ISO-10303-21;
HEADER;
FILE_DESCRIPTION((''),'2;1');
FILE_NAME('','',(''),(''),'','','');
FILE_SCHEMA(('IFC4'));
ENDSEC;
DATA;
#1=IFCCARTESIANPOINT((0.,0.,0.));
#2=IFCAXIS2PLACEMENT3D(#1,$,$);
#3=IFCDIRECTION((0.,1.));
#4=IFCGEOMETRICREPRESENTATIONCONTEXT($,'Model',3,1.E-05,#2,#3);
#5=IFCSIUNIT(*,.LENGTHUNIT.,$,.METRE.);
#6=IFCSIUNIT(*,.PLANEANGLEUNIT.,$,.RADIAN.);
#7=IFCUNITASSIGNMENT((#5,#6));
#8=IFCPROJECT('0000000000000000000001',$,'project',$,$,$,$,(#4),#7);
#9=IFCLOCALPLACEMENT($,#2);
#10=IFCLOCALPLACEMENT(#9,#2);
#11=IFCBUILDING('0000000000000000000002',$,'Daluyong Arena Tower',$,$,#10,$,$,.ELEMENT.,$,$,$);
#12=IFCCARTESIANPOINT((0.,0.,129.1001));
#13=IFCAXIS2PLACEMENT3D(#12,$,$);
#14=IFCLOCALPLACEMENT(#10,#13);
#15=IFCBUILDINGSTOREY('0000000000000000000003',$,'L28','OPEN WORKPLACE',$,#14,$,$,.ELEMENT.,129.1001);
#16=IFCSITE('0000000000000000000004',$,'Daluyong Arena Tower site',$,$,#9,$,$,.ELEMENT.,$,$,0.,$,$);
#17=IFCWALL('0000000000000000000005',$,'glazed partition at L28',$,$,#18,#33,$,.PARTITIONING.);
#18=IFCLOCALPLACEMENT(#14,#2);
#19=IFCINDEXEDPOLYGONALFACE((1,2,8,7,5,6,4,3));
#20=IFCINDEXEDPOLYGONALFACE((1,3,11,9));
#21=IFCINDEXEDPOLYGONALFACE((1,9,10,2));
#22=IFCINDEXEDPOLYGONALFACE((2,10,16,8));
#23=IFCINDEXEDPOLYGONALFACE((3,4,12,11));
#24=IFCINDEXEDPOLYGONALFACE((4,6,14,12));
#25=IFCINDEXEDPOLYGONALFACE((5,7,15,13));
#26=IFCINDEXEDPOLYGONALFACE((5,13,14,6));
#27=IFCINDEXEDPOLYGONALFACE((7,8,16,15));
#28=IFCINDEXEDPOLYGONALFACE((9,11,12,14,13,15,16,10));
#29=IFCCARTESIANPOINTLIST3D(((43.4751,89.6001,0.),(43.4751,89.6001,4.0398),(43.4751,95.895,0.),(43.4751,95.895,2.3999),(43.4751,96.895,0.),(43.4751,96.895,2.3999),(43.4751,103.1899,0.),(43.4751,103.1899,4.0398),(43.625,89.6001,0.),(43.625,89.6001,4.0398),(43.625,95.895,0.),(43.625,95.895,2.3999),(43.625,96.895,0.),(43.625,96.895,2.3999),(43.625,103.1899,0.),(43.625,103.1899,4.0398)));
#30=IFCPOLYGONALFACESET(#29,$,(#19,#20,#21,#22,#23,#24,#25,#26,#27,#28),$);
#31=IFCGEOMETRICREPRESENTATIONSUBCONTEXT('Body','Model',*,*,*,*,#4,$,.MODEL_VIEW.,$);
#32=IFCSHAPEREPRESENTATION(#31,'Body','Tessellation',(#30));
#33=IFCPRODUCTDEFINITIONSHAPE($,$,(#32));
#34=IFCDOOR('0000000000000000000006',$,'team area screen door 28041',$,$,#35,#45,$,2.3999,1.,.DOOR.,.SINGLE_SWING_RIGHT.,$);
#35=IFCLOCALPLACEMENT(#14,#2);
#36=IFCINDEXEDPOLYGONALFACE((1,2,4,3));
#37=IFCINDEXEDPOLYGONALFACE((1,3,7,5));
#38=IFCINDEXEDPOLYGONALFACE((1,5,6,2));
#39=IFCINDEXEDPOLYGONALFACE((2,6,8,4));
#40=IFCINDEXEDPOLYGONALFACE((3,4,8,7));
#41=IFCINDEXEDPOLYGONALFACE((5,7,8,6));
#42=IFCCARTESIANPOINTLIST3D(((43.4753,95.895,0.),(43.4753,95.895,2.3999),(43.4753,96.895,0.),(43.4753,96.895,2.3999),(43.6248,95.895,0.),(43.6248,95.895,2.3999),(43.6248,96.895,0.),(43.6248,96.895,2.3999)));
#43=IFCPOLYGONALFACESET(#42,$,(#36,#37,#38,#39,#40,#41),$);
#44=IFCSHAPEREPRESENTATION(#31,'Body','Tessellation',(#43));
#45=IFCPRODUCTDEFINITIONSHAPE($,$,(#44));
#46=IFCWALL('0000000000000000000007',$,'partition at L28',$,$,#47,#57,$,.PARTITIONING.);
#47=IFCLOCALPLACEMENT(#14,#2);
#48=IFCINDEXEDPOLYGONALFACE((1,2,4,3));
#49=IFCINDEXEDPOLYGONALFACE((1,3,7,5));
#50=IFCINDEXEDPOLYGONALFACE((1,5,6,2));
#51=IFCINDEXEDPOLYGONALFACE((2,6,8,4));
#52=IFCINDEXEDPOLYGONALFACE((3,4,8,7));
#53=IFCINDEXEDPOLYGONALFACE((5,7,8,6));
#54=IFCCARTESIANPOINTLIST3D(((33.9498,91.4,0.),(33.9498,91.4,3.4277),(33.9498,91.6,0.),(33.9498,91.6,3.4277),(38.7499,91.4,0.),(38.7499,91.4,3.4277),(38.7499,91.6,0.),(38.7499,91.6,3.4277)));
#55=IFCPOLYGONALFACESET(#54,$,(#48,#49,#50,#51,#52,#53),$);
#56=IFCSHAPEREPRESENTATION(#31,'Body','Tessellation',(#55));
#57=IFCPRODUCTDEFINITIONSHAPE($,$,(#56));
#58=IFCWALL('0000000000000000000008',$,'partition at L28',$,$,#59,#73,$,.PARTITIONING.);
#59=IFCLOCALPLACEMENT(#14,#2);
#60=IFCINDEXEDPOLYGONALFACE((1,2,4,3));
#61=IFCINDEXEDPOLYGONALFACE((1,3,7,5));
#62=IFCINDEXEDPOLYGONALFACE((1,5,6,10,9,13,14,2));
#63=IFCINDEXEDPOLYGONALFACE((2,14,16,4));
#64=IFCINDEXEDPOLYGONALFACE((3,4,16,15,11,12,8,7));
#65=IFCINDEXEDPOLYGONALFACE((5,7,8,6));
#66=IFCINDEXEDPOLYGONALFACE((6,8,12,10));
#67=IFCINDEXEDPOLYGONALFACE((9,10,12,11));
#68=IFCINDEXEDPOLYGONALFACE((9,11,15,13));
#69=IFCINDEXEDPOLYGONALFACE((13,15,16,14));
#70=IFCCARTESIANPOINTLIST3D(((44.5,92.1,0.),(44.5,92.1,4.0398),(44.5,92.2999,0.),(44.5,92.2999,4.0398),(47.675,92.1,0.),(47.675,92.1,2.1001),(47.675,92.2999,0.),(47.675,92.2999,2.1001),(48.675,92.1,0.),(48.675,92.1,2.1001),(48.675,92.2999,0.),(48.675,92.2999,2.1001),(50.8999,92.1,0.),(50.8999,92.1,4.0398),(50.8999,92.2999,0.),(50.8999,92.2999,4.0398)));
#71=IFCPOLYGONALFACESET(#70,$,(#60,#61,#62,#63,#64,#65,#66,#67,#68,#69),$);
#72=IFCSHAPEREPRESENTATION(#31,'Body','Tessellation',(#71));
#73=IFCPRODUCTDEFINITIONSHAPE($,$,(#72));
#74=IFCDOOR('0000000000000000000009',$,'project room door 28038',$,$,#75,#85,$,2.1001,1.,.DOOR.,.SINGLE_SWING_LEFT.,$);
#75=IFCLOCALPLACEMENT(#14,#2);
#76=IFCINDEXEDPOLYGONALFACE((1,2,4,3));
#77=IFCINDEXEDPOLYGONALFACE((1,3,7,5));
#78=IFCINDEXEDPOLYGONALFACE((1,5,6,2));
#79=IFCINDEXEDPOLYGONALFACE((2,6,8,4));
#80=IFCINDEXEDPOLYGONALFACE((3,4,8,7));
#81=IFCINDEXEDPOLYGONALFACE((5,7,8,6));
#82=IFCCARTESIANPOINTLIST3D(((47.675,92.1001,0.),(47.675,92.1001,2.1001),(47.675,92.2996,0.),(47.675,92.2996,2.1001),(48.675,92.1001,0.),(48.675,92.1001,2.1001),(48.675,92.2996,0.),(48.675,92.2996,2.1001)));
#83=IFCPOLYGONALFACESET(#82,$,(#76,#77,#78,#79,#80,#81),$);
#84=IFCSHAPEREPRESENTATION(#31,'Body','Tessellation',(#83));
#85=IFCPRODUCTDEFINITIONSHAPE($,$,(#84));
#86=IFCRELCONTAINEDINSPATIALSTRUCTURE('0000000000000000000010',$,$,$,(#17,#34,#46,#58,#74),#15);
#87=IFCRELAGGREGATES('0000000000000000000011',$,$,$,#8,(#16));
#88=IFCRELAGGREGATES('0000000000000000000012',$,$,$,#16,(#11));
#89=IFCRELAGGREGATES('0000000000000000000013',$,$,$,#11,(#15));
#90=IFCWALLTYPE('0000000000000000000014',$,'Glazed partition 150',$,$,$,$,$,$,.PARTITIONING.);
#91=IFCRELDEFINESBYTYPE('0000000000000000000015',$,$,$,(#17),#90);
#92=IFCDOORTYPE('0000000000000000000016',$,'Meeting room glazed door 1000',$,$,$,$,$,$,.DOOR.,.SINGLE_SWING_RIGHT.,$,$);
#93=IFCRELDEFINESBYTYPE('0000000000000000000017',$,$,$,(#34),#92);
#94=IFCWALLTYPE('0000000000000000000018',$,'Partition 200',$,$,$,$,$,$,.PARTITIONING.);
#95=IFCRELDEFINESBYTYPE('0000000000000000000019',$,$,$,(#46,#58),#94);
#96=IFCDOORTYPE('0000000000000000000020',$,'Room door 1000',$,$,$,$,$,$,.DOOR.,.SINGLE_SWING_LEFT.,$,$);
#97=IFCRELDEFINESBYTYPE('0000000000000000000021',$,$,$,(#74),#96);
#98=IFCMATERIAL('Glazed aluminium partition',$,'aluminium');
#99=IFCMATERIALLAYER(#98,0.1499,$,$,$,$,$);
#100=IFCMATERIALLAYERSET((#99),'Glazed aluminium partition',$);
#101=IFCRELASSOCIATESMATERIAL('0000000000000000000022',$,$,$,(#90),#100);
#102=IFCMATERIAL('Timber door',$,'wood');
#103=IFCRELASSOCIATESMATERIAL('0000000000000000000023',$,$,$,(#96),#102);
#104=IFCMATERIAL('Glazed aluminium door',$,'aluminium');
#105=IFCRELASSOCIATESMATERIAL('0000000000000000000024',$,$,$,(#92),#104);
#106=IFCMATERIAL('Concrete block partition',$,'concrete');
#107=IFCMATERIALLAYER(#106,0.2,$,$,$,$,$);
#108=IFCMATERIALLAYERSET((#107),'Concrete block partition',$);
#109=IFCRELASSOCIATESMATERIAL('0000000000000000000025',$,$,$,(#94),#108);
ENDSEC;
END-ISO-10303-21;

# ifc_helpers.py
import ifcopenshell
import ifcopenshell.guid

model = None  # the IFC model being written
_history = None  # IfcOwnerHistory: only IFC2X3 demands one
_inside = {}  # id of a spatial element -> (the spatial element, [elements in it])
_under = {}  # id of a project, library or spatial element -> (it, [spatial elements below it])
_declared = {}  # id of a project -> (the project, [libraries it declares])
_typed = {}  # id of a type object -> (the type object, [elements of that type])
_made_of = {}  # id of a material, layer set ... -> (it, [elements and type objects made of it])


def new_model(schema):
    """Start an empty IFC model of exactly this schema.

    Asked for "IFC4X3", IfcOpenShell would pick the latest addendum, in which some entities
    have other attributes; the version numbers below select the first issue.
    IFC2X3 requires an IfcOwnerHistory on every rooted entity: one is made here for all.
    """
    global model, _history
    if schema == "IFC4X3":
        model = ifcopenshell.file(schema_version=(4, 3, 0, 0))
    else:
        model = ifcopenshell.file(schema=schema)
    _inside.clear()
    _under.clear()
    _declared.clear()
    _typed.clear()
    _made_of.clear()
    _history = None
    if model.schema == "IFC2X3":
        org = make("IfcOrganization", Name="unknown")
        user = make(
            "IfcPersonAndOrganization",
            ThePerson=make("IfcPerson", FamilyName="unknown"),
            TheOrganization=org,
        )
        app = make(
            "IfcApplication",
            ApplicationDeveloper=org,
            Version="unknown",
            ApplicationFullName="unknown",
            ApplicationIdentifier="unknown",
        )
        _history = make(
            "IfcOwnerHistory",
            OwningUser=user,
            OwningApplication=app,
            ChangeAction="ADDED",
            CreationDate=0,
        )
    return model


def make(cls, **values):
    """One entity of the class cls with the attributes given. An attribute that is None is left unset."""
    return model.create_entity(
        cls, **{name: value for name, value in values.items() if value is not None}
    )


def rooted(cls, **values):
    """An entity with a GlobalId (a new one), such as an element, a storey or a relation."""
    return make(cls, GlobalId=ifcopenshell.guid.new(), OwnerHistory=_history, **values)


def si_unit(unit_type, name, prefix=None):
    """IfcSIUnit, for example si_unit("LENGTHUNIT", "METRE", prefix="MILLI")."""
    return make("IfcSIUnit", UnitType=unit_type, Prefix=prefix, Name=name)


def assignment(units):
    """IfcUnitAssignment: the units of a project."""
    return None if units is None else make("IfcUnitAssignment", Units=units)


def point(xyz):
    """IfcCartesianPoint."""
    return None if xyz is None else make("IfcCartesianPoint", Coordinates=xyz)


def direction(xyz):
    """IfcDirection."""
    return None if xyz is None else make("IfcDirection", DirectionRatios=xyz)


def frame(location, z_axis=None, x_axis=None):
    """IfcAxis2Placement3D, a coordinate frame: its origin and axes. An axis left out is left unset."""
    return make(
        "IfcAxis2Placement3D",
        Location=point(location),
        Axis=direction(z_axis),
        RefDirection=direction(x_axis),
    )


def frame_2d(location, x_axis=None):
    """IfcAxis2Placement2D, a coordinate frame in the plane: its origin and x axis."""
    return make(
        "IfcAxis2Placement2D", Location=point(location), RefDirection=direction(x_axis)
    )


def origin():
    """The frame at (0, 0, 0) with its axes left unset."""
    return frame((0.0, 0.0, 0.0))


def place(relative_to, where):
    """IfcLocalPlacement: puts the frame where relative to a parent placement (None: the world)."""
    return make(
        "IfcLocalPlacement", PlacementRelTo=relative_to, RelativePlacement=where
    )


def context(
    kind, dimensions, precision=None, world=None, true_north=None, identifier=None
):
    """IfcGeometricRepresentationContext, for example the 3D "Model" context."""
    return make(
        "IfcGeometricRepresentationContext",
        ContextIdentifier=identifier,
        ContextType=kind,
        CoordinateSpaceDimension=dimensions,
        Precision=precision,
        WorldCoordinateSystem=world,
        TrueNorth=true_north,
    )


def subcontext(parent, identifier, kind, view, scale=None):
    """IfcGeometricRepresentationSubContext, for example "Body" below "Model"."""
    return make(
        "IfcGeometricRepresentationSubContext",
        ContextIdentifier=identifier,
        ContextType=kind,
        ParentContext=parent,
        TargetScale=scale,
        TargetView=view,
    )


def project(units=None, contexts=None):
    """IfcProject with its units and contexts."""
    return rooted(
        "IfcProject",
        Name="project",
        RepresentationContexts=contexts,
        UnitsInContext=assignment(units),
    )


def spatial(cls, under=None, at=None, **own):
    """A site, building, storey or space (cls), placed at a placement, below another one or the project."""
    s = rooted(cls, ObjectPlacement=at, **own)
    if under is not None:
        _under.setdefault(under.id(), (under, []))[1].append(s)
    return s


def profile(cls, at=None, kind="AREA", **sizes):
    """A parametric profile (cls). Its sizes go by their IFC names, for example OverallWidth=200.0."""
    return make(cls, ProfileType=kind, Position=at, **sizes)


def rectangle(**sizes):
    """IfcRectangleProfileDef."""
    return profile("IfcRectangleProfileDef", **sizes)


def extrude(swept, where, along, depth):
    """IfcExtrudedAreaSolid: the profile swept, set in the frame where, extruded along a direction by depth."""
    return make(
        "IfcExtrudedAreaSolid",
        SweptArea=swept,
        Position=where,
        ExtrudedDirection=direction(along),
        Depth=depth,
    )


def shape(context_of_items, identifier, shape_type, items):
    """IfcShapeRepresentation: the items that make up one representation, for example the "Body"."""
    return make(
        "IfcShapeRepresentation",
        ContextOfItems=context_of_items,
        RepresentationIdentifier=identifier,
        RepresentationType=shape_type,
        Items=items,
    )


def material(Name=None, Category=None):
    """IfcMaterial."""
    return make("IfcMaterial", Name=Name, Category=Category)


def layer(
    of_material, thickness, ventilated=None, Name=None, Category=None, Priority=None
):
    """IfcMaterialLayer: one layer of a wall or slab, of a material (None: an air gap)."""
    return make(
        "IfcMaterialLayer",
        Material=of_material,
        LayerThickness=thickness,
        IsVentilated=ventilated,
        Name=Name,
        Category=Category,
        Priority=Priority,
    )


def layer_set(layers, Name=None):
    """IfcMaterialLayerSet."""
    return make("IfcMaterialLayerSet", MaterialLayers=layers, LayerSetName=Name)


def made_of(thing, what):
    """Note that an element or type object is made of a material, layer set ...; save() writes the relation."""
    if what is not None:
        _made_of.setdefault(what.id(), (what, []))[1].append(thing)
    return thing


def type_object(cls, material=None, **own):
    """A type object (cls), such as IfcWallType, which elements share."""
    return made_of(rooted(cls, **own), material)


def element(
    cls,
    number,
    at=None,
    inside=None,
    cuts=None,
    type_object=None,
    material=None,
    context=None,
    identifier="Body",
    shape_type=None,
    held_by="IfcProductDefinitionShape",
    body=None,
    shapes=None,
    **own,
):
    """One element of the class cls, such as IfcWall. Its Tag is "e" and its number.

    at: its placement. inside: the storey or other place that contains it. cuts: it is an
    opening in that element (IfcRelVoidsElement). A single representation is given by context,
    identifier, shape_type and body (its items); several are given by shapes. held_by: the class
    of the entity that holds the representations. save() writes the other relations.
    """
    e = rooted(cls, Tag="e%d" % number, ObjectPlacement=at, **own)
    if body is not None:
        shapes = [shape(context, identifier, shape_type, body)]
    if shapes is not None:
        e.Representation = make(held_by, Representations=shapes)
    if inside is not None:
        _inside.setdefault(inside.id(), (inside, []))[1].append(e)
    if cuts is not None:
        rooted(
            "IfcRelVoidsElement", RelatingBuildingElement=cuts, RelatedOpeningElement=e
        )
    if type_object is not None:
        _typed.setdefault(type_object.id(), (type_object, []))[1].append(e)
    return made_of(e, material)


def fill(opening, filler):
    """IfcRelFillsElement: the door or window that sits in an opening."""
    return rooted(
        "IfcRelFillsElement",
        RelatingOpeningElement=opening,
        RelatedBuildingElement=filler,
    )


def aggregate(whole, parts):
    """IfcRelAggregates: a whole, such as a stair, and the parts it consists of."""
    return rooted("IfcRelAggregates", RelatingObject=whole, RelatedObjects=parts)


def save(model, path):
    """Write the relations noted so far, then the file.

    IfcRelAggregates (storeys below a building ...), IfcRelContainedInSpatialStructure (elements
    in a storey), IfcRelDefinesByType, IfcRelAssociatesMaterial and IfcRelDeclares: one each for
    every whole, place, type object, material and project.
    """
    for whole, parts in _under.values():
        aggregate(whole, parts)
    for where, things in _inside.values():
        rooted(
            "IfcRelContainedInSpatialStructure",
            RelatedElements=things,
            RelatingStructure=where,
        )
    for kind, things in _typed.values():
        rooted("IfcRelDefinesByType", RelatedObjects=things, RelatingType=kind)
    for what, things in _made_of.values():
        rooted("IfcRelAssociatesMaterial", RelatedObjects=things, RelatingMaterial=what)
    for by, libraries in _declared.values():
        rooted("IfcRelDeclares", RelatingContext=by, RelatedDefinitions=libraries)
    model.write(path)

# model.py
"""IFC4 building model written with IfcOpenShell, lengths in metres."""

from ifc_helpers import new_model, si_unit, direction, frame, frame_2d, origin, place, context, subcontext, project, spatial, rectangle, extrude, material, layer, layer_set, type_object, element, fill, save


model = new_model("IFC4")

# Units and contexts
model_context = context("Model", 3, precision=1e-05, world=origin(), true_north=direction((0.0, 1.0)))
body_context = subcontext(model_context, "Body", "Model", "MODEL_VIEW")
ifc_project = project(units=[si_unit("LENGTHUNIT", "METRE"), si_unit("PLANEANGLEUNIT", "RADIAN")], contexts=[model_context])

# Site, building, storey
site_placement = place(None, origin())
site = spatial("IfcSite", under=ifc_project, at=site_placement, Name="Daluyong Arena Tower site", CompositionType="ELEMENT", RefElevation=0.0)
building_placement = place(site_placement, origin())
building = spatial("IfcBuilding", under=site, at=building_placement, Name="Daluyong Arena Tower", CompositionType="ELEMENT")
storey_placement = place(building_placement, frame((0.0, 0.0, 129.1001)))
storey = spatial("IfcBuildingStorey", under=building, at=storey_placement, Name="L28", Description="OPEN WORKPLACE", CompositionType="ELEMENT", Elevation=129.1001)

# Wall, opening, door
ifc_material_1 = material(Name="Glazed aluminium partition", Category="aluminium")
ifc_layer_1 = layer(ifc_material_1, 0.1499)
ifc_layer_set_1 = layer_set([ifc_layer_1], Name="Glazed aluminium partition")
wall_type_1 = type_object("IfcWallType", Name="Glazed partition 150", PredefinedType="PARTITIONING", material=ifc_layer_set_1)
ifc_material_2 = material(Name="Timber door", Category="wood")
door_type_1 = type_object("IfcDoorType", Name="Room door 1000", OperationType="SINGLE_SWING_LEFT", PredefinedType="DOOR", material=ifc_material_2)
wall_1_placement = place(storey_placement, frame((43.55, 89.6001, 0.0), z_axis=(0.0, 0.0, 1.0), x_axis=(0.0, 1.0, 0.0)))
wall_1 = element("IfcWall", 1, at=wall_1_placement, inside=storey, type_object=wall_type_1, Name="glazed partition at L28", PredefinedType="PARTITIONING", context=body_context, shape_type="SweptSolid", body=[
    extrude(rectangle(XDim=13.5898, YDim=0.1499, at=frame_2d((6.7949, 0.0))), origin(), (0.0, 0.0, 1.0), 4.0398),
])
opening_1_placement = place(wall_1_placement, frame((6.2949, 0.0, 0.0)))
opening_1 = element("IfcOpeningElement", 2, at=opening_1_placement, cuts=wall_1, PredefinedType="OPENING", context=body_context, shape_type="SweptSolid", body=[
    extrude(rectangle(XDim=1.0, YDim=2.3999, at=frame_2d((0.5, 1.2))), frame((0.0, 0.085, 0.0), z_axis=(0.0, -1.0, 0.0), x_axis=(1.0, 0.0, 0.0)), (0.0, 0.0, 1.0), 0.1699),
])
ifc_material_3 = material(Name="Glazed aluminium door", Category="aluminium")
door_type_2 = type_object("IfcDoorType", Name="Meeting room glazed door 1000", OperationType="SINGLE_SWING_RIGHT", PredefinedType="DOOR", material=ifc_material_3)
door_1_placement = place(opening_1_placement, origin())
door_1 = element("IfcDoor", 3, at=door_1_placement, inside=storey, type_object=door_type_2, Name="team area screen door 28041", OperationType="SINGLE_SWING_RIGHT", OverallHeight=2.3999, OverallWidth=1.0, PredefinedType="DOOR", context=body_context, shape_type="SweptSolid", body=[
    extrude(rectangle(XDim=1.0, YDim=2.3999, at=frame_2d((0.5, 1.2))), frame((0.0, 0.0747, 0.0), z_axis=(0.0, -1.0, 0.0), x_axis=(1.0, 0.0, 0.0)), (0.0, 0.0, 1.0), 0.1494),
])
fill(opening_1, door_1)

# Wall
ifc_material_4 = material(Name="Concrete block partition", Category="concrete")
ifc_layer_2 = layer(ifc_material_4, 0.2)
ifc_layer_set_2 = layer_set([ifc_layer_2], Name="Concrete block partition")
wall_type_2 = type_object("IfcWallType", Name="Partition 200", PredefinedType="PARTITIONING", material=ifc_layer_set_2)
wall_2_placement = place(storey_placement, frame((33.95, 91.5, 0.0), z_axis=(0.0, 0.0, 1.0), x_axis=(1.0, 0.0, 0.0)))
element("IfcWall", 4, at=wall_2_placement, inside=storey, type_object=wall_type_2, Name="partition at L28", PredefinedType="PARTITIONING", context=body_context, shape_type="SweptSolid", body=[
    extrude(rectangle(XDim=4.8, YDim=0.2, at=frame_2d((2.3999, 0.0))), origin(), (0.0, 0.0, 1.0), 3.4277),
])

# Wall, opening, door
wall_3_placement = place(storey_placement, frame((44.5, 92.2, 0.0), z_axis=(0.0, 0.0, 1.0), x_axis=(1.0, 0.0, 0.0)))
wall_3 = element("IfcWall", 5, at=wall_3_placement, inside=storey, type_object=wall_type_2, Name="partition at L28", PredefinedType="PARTITIONING", context=body_context, shape_type="SweptSolid", body=[
    extrude(rectangle(XDim=6.3999, YDim=0.2, at=frame_2d((3.2, 0.0))), origin(), (0.0, 0.0, 1.0), 4.0398),
])
opening_2_placement = place(wall_3_placement, frame((3.175, 0.0, 0.0)))
opening_2 = element("IfcOpeningElement", 6, at=opening_2_placement, cuts=wall_3, PredefinedType="OPENING", context=body_context, shape_type="SweptSolid", body=[
    extrude(rectangle(XDim=1.0, YDim=2.1001, at=frame_2d((0.5, 1.05))), frame((0.0, 0.1099, 0.0), z_axis=(0.0, -1.0, 0.0), x_axis=(1.0, 0.0, 0.0)), (0.0, 0.0, 1.0), 0.22),
])
door_2_placement = place(opening_2_placement, origin())
door_2 = element("IfcDoor", 7, at=door_2_placement, inside=storey, type_object=door_type_1, Name="project room door 28038", OperationType="SINGLE_SWING_LEFT", OverallHeight=2.1001, OverallWidth=1.0, PredefinedType="DOOR", context=body_context, shape_type="SweptSolid", body=[
    extrude(rectangle(XDim=1.0, YDim=2.1001, at=frame_2d((0.5, 1.05))), frame((0.0, 0.0996, 0.0), z_axis=(0.0, -1.0, 0.0), x_axis=(1.0, 0.0, 0.0)), (0.0, 0.0, 1.0), 0.1995),
])
fill(opening_2, door_2)

save(model, "model.ifc")
